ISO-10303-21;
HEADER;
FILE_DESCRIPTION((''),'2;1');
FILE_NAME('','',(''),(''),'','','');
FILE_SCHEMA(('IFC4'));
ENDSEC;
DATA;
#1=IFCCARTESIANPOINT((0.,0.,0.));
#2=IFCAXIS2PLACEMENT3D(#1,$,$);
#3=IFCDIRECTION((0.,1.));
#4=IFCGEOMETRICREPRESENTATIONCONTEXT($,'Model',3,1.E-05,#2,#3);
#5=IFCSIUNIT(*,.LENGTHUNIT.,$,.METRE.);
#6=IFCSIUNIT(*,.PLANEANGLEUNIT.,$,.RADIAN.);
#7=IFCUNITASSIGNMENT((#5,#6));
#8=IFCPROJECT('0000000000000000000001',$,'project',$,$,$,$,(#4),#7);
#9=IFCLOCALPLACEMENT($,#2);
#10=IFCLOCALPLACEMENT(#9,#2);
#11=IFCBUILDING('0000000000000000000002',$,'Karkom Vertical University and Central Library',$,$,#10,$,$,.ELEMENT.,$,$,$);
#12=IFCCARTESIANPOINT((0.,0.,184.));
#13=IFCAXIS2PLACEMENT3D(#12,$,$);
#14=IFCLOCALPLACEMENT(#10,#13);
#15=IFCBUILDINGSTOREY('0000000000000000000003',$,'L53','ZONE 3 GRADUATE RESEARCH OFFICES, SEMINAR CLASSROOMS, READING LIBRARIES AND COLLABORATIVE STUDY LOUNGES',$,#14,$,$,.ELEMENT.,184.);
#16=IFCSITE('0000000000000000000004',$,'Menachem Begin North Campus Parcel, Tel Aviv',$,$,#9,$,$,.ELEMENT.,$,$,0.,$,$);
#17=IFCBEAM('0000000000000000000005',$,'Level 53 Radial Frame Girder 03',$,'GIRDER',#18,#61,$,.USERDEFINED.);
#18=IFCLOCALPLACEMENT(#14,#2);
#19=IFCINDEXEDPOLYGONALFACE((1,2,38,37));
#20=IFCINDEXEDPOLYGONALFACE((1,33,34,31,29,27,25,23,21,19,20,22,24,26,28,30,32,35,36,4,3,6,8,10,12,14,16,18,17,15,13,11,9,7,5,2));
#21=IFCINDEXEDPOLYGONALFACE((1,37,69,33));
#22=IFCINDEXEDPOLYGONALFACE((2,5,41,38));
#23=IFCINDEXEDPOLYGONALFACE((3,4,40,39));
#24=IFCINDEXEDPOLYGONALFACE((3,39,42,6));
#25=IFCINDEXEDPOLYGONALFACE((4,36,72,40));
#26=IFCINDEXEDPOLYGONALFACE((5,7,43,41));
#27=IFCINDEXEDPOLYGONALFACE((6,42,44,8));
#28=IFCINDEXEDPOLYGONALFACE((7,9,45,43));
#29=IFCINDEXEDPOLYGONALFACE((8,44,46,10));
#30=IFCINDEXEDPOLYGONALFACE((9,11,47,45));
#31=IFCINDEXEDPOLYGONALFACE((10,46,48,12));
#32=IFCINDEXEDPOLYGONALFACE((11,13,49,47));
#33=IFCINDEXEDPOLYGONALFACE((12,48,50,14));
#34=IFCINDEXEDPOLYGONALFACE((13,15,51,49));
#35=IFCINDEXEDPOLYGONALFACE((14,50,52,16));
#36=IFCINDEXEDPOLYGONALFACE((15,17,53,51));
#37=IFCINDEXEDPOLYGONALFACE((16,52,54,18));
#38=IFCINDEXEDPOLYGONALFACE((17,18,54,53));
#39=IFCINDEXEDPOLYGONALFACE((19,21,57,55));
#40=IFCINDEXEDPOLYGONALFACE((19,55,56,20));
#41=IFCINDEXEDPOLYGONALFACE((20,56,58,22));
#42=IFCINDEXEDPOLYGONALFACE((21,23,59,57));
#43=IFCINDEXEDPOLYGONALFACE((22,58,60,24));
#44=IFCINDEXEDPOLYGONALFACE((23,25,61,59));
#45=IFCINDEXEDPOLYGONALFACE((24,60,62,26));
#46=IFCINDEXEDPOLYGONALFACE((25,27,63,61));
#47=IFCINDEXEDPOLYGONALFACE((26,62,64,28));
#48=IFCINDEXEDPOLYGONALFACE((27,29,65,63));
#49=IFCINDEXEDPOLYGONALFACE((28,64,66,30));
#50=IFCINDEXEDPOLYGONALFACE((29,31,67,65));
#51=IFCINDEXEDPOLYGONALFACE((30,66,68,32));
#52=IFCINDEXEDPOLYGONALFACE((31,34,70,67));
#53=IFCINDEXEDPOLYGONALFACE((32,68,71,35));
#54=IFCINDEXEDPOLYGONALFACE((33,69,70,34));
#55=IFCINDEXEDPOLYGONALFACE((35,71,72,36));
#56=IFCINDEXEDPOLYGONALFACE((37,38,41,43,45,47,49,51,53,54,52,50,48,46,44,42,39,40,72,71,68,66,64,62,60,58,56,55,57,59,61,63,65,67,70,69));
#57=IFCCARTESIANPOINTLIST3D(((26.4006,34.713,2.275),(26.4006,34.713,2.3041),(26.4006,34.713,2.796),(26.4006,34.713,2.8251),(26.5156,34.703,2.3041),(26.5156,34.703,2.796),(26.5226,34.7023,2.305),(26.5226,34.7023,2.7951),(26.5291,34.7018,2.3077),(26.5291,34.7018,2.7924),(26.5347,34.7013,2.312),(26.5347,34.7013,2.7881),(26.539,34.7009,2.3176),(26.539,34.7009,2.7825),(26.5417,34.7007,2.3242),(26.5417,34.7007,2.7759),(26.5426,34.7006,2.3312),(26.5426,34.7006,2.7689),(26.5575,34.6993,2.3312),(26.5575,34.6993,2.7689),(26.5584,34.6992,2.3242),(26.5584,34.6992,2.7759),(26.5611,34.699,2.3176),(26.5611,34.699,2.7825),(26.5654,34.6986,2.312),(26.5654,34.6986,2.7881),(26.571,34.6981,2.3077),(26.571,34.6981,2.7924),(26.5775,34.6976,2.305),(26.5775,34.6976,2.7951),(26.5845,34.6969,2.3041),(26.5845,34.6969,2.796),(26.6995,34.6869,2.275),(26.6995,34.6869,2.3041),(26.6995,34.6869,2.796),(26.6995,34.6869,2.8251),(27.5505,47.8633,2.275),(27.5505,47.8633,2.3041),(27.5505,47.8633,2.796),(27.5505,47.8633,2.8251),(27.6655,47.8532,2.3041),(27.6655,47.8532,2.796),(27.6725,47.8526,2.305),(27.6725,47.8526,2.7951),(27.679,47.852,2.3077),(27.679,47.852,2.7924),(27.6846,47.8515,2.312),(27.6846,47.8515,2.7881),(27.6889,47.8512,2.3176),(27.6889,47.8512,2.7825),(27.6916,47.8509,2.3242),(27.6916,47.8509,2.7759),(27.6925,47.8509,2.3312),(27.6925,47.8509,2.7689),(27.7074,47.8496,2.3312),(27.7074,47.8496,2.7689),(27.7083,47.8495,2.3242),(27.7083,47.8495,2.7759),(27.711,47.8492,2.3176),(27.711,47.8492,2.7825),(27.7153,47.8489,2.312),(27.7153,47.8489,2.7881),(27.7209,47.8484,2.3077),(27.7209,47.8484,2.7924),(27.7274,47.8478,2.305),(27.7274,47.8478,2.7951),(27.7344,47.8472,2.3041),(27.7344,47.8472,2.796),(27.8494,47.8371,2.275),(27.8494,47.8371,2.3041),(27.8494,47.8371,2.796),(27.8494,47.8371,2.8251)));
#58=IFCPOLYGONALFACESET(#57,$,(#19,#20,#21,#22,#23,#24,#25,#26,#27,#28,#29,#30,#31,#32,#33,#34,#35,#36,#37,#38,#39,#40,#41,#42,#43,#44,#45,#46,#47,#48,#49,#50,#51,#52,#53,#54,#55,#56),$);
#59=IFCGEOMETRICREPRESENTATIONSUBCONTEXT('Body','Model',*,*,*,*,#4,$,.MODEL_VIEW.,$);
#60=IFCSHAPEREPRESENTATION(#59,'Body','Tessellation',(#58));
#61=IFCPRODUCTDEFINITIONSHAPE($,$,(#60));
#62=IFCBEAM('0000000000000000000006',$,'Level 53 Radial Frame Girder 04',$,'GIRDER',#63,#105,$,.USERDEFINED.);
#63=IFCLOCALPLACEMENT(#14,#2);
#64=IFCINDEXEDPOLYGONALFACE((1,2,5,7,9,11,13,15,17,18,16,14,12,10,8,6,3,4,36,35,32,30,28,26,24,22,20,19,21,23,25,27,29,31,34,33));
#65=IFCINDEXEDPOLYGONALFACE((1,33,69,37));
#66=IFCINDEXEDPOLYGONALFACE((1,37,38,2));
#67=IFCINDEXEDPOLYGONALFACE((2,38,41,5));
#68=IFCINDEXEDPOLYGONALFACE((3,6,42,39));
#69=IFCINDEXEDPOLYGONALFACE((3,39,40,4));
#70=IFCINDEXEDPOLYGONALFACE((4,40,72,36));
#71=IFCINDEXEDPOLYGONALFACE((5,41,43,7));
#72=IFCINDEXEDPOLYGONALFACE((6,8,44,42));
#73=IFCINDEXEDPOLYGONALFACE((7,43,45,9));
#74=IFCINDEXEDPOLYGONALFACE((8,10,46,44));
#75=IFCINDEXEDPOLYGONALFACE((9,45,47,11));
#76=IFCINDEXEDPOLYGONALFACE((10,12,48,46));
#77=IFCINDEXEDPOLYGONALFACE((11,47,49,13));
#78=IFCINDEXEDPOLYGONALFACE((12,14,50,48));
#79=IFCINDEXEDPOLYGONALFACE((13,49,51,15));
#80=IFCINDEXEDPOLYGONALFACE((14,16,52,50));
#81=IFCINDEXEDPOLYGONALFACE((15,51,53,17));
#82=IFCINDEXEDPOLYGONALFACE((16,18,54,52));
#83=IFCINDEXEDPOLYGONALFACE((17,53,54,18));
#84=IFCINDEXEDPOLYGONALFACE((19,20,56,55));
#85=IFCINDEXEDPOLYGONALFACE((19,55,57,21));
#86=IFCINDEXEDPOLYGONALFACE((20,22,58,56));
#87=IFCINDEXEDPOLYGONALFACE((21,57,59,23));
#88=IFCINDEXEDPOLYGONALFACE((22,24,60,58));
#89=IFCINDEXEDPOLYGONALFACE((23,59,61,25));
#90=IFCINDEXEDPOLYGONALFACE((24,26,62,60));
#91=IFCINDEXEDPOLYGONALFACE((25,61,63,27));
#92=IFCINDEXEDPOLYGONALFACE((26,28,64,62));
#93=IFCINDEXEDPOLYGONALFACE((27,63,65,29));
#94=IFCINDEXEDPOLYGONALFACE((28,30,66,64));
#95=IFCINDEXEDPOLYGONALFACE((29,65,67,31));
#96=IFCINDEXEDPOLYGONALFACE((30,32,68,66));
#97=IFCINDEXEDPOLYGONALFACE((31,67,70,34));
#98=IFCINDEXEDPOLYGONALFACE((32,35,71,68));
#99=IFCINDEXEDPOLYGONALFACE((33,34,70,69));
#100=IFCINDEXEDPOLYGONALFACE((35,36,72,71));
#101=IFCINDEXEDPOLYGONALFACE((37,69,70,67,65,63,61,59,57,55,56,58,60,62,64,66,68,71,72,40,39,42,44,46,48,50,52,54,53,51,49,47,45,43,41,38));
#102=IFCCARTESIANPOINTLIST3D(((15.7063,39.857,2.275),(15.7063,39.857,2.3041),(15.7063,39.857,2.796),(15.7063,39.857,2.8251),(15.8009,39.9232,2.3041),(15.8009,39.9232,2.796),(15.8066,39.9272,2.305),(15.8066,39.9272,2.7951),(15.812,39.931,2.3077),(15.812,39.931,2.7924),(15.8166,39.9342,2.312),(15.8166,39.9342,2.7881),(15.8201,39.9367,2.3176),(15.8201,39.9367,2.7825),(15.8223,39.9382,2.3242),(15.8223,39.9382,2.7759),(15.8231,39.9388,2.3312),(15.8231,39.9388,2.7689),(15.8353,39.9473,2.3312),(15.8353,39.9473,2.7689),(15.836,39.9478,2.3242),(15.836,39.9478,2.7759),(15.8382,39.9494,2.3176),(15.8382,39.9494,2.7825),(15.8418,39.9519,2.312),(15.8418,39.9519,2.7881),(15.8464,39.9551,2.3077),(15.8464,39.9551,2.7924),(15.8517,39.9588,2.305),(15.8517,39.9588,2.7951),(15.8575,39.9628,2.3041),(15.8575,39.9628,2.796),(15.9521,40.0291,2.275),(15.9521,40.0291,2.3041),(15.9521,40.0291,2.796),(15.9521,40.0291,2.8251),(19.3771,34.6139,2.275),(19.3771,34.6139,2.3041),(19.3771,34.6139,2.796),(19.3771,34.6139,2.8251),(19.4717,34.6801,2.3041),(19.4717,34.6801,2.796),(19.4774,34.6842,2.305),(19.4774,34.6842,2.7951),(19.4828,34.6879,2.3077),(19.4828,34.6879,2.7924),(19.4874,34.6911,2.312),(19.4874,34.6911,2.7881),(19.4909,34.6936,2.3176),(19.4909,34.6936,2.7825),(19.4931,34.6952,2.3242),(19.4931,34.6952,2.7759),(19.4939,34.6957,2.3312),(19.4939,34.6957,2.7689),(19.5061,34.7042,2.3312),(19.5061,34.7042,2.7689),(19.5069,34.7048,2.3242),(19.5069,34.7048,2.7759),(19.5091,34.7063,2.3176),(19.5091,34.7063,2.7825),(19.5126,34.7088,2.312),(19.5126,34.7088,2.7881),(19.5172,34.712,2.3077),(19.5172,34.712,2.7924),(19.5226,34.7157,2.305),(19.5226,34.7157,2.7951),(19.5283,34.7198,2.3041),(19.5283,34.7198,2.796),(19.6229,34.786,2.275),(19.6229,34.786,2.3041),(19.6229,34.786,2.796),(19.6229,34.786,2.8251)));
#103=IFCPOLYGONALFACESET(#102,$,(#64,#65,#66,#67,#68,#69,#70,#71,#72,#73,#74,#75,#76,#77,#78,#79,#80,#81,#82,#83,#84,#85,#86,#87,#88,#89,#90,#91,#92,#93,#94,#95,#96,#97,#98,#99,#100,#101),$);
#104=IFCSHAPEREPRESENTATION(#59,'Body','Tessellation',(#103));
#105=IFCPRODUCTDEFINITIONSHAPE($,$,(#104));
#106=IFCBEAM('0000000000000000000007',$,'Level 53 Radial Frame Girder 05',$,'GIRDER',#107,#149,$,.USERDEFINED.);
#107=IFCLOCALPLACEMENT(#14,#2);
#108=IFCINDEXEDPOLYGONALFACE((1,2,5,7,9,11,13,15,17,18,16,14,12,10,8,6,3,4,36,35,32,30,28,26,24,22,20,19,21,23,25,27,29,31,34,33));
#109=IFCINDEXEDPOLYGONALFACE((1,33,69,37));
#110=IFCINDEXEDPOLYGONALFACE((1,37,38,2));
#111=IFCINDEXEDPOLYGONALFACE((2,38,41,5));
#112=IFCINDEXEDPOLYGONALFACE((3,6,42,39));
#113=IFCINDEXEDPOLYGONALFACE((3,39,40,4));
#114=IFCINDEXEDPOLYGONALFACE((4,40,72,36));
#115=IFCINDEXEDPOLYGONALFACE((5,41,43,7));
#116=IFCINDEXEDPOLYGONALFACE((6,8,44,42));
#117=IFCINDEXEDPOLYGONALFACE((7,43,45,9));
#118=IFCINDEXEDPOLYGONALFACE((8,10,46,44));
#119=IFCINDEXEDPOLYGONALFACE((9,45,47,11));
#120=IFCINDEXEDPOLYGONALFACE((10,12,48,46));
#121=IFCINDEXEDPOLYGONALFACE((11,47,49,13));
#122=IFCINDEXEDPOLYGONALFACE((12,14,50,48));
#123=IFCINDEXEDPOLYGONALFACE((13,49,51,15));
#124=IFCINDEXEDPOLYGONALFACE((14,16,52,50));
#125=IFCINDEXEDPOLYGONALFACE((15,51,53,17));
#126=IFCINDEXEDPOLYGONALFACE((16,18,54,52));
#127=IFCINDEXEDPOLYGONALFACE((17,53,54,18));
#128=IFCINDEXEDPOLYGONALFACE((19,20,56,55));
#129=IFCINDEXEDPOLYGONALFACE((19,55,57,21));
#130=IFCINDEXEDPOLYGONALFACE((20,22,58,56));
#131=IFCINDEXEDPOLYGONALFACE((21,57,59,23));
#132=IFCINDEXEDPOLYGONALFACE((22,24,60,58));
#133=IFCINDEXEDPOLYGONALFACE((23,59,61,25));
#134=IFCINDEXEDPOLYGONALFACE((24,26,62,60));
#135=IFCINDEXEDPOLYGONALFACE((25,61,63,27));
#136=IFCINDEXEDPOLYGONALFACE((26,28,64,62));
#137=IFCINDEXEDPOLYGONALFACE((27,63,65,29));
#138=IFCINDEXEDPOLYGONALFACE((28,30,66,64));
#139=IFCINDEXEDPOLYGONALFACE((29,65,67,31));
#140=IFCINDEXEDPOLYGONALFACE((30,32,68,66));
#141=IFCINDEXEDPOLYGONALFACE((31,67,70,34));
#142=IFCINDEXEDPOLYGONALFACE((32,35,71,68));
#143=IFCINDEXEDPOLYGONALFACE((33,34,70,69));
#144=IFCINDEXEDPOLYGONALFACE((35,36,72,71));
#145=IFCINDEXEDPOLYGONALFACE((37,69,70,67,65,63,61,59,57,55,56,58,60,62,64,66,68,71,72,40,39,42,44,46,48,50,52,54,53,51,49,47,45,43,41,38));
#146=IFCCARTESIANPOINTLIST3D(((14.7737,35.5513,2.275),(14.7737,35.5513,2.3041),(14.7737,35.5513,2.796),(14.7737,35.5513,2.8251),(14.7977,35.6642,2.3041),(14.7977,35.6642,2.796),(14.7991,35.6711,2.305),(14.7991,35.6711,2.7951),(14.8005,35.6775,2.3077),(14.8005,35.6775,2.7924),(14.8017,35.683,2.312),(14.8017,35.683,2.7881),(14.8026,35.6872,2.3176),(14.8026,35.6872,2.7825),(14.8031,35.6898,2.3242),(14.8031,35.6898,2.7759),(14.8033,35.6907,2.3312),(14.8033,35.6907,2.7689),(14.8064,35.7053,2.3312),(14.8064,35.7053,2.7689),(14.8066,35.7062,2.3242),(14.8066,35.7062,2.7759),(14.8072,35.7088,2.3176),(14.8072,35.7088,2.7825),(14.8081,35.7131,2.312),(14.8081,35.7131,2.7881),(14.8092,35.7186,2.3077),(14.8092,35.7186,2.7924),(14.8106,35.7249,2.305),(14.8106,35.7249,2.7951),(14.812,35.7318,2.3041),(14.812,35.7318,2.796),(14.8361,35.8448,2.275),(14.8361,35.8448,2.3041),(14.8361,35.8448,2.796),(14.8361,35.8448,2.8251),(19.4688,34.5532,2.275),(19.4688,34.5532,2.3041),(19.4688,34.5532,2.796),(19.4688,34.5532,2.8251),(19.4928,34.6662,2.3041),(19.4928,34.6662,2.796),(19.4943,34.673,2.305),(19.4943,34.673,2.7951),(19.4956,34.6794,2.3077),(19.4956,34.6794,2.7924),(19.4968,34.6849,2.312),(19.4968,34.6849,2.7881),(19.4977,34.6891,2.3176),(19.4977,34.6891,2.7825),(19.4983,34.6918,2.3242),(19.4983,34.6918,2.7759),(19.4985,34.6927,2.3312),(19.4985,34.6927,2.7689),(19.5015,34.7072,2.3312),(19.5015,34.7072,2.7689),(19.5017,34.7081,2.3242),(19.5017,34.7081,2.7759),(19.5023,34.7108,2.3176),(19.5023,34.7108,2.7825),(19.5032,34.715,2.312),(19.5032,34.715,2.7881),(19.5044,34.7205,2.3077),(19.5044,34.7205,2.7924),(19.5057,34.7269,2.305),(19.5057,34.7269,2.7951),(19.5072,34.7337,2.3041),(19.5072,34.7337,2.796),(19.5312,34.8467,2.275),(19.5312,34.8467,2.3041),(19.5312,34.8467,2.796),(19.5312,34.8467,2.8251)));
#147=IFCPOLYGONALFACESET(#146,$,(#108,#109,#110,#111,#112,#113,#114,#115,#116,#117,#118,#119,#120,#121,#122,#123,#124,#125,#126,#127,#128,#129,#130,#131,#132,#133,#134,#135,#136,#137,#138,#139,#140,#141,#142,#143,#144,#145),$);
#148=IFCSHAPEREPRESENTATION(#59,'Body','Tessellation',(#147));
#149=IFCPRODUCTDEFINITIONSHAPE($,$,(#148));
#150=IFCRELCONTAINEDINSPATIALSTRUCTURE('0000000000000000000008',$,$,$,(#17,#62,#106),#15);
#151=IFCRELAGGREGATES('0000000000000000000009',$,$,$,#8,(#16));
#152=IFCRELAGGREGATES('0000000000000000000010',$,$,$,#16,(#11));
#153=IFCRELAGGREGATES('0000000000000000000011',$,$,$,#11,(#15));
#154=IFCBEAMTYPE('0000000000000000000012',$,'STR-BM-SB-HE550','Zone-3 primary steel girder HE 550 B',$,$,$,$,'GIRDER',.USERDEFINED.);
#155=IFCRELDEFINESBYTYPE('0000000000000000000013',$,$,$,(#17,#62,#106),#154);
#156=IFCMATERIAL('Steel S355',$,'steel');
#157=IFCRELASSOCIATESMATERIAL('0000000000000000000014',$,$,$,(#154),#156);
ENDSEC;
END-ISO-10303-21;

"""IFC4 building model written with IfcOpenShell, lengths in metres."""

from ifc_helpers import new_model, si_unit, direction, frame, origin, origin_with_axes, origin_2d, place, context, subcontext, project, spatial, i_section, extrude, source, transform, mapped, material, material_profile, profile_set, type_object, element, save


model = new_model("IFC4")

# Units and contexts
model_context = context("Model", 3, precision=1e-05, world=origin(), true_north=direction((0.0, 1.0)))
body_context = subcontext(model_context, "Body", "Model", "MODEL_VIEW")
ifc_project = project(units=[si_unit("LENGTHUNIT", "METRE"), si_unit("PLANEANGLEUNIT", "RADIAN")], contexts=[model_context])

# Site, building, storey
site_placement = place(None, origin())
site = spatial("IfcSite", under=ifc_project, at=site_placement, Name="Menachem Begin North Campus Parcel, Tel Aviv", CompositionType="ELEMENT", RefElevation=0.0)
building_placement = place(site_placement, origin())
building = spatial("IfcBuilding", under=site, at=building_placement, Name="Karkom Vertical University and Central Library", CompositionType="ELEMENT")
storey_placement = place(building_placement, frame((0.0, 0.0, 184.0)))
storey = spatial("IfcBuildingStorey", under=building, at=storey_placement, Name="L53", Description="ZONE 3 GRADUATE RESEARCH OFFICES, SEMINAR CLASSROOMS, READING LIBRARIES AND COLLABORATIVE STUDY LOUNGES", CompositionType="ELEMENT", Elevation=184.0)

# Beams
ifc_material_1 = material(Name="Steel S355", Category="steel")
ifc_material_profile_1 = material_profile(ifc_material_1, i_section(OverallWidth=0.3, OverallDepth=0.55, WebThickness=0.0149, FlangeThickness=0.0291, FilletRadius=0.0271, at=origin_2d()), Name="HE 550 B")
ifc_profile_set_1 = profile_set([ifc_material_profile_1], Name="Steel S355")
beam_type_1 = type_object("IfcBeamType", Name="STR-BM-SB-HE550", Description="Zone-3 primary steel girder HE 550 B", ElementType="GIRDER", PredefinedType="USERDEFINED", material=ifc_profile_set_1)
shared_shape_1 = source(origin_with_axes(), body_context, "Body", "SweptSolid", [
    extrude(i_section(OverallWidth=0.3, OverallDepth=0.55, WebThickness=0.0149, FlangeThickness=0.0291, FilletRadius=0.0271, at=origin_2d()), origin(), (0.0, 0.0, 1.0), 13.2004),
])
beam_1_placement = place(storey_placement, frame((26.55, 34.7, 2.55), z_axis=(0.087112, 0.996199, 0.0), x_axis=(-0.996199, 0.087112, 0.0)))
element("IfcBeam", 1, at=beam_1_placement, inside=storey, type_object=beam_type_1, Name="Level 53 Radial Frame Girder 03", ObjectType="GIRDER", PredefinedType="USERDEFINED", context=body_context, shape_type="MappedRepresentation", body=[
    mapped(shared_shape_1, transform((0.0, 0.0, 0.0), scale=1.0)),
])
shared_shape_2 = source(origin_with_axes(), body_context, "Body", "SweptSolid", [
    extrude(i_section(OverallWidth=0.3, OverallDepth=0.55, WebThickness=0.0149, FlangeThickness=0.0291, FilletRadius=0.0271, at=origin_2d()), origin(), (0.0, 0.0, 1.0), 6.4004),
])
beam_2_placement = place(storey_placement, frame((19.5, 34.7, 2.55), z_axis=(-0.573534, 0.819182, 0.0), x_axis=(-0.819182, -0.573534, 0.0)))
element("IfcBeam", 2, at=beam_2_placement, inside=storey, type_object=beam_type_1, Name="Level 53 Radial Frame Girder 04", ObjectType="GIRDER", PredefinedType="USERDEFINED", context=body_context, shape_type="MappedRepresentation", body=[
    mapped(shared_shape_2, transform((0.0, 0.0, 0.0), scale=1.0)),
])
shared_shape_3 = source(origin_with_axes(), body_context, "Body", "SweptSolid", [
    extrude(i_section(OverallWidth=0.3, OverallDepth=0.55, WebThickness=0.0149, FlangeThickness=0.0291, FilletRadius=0.0271, at=origin_2d()), origin(), (0.0, 0.0, 1.0), 4.8),
])
beam_3_placement = place(storey_placement, frame((19.5, 34.7, 2.55), z_axis=(-0.978144, 0.207927, 0.0), x_axis=(-0.207927, -0.978144, 0.0)))
element("IfcBeam", 3, at=beam_3_placement, inside=storey, type_object=beam_type_1, Name="Level 53 Radial Frame Girder 05", ObjectType="GIRDER", PredefinedType="USERDEFINED", context=body_context, shape_type="MappedRepresentation", body=[
    mapped(shared_shape_3, transform((0.0, 0.0, 0.0), scale=1.0)),
])

save(model, "model.ifc")
